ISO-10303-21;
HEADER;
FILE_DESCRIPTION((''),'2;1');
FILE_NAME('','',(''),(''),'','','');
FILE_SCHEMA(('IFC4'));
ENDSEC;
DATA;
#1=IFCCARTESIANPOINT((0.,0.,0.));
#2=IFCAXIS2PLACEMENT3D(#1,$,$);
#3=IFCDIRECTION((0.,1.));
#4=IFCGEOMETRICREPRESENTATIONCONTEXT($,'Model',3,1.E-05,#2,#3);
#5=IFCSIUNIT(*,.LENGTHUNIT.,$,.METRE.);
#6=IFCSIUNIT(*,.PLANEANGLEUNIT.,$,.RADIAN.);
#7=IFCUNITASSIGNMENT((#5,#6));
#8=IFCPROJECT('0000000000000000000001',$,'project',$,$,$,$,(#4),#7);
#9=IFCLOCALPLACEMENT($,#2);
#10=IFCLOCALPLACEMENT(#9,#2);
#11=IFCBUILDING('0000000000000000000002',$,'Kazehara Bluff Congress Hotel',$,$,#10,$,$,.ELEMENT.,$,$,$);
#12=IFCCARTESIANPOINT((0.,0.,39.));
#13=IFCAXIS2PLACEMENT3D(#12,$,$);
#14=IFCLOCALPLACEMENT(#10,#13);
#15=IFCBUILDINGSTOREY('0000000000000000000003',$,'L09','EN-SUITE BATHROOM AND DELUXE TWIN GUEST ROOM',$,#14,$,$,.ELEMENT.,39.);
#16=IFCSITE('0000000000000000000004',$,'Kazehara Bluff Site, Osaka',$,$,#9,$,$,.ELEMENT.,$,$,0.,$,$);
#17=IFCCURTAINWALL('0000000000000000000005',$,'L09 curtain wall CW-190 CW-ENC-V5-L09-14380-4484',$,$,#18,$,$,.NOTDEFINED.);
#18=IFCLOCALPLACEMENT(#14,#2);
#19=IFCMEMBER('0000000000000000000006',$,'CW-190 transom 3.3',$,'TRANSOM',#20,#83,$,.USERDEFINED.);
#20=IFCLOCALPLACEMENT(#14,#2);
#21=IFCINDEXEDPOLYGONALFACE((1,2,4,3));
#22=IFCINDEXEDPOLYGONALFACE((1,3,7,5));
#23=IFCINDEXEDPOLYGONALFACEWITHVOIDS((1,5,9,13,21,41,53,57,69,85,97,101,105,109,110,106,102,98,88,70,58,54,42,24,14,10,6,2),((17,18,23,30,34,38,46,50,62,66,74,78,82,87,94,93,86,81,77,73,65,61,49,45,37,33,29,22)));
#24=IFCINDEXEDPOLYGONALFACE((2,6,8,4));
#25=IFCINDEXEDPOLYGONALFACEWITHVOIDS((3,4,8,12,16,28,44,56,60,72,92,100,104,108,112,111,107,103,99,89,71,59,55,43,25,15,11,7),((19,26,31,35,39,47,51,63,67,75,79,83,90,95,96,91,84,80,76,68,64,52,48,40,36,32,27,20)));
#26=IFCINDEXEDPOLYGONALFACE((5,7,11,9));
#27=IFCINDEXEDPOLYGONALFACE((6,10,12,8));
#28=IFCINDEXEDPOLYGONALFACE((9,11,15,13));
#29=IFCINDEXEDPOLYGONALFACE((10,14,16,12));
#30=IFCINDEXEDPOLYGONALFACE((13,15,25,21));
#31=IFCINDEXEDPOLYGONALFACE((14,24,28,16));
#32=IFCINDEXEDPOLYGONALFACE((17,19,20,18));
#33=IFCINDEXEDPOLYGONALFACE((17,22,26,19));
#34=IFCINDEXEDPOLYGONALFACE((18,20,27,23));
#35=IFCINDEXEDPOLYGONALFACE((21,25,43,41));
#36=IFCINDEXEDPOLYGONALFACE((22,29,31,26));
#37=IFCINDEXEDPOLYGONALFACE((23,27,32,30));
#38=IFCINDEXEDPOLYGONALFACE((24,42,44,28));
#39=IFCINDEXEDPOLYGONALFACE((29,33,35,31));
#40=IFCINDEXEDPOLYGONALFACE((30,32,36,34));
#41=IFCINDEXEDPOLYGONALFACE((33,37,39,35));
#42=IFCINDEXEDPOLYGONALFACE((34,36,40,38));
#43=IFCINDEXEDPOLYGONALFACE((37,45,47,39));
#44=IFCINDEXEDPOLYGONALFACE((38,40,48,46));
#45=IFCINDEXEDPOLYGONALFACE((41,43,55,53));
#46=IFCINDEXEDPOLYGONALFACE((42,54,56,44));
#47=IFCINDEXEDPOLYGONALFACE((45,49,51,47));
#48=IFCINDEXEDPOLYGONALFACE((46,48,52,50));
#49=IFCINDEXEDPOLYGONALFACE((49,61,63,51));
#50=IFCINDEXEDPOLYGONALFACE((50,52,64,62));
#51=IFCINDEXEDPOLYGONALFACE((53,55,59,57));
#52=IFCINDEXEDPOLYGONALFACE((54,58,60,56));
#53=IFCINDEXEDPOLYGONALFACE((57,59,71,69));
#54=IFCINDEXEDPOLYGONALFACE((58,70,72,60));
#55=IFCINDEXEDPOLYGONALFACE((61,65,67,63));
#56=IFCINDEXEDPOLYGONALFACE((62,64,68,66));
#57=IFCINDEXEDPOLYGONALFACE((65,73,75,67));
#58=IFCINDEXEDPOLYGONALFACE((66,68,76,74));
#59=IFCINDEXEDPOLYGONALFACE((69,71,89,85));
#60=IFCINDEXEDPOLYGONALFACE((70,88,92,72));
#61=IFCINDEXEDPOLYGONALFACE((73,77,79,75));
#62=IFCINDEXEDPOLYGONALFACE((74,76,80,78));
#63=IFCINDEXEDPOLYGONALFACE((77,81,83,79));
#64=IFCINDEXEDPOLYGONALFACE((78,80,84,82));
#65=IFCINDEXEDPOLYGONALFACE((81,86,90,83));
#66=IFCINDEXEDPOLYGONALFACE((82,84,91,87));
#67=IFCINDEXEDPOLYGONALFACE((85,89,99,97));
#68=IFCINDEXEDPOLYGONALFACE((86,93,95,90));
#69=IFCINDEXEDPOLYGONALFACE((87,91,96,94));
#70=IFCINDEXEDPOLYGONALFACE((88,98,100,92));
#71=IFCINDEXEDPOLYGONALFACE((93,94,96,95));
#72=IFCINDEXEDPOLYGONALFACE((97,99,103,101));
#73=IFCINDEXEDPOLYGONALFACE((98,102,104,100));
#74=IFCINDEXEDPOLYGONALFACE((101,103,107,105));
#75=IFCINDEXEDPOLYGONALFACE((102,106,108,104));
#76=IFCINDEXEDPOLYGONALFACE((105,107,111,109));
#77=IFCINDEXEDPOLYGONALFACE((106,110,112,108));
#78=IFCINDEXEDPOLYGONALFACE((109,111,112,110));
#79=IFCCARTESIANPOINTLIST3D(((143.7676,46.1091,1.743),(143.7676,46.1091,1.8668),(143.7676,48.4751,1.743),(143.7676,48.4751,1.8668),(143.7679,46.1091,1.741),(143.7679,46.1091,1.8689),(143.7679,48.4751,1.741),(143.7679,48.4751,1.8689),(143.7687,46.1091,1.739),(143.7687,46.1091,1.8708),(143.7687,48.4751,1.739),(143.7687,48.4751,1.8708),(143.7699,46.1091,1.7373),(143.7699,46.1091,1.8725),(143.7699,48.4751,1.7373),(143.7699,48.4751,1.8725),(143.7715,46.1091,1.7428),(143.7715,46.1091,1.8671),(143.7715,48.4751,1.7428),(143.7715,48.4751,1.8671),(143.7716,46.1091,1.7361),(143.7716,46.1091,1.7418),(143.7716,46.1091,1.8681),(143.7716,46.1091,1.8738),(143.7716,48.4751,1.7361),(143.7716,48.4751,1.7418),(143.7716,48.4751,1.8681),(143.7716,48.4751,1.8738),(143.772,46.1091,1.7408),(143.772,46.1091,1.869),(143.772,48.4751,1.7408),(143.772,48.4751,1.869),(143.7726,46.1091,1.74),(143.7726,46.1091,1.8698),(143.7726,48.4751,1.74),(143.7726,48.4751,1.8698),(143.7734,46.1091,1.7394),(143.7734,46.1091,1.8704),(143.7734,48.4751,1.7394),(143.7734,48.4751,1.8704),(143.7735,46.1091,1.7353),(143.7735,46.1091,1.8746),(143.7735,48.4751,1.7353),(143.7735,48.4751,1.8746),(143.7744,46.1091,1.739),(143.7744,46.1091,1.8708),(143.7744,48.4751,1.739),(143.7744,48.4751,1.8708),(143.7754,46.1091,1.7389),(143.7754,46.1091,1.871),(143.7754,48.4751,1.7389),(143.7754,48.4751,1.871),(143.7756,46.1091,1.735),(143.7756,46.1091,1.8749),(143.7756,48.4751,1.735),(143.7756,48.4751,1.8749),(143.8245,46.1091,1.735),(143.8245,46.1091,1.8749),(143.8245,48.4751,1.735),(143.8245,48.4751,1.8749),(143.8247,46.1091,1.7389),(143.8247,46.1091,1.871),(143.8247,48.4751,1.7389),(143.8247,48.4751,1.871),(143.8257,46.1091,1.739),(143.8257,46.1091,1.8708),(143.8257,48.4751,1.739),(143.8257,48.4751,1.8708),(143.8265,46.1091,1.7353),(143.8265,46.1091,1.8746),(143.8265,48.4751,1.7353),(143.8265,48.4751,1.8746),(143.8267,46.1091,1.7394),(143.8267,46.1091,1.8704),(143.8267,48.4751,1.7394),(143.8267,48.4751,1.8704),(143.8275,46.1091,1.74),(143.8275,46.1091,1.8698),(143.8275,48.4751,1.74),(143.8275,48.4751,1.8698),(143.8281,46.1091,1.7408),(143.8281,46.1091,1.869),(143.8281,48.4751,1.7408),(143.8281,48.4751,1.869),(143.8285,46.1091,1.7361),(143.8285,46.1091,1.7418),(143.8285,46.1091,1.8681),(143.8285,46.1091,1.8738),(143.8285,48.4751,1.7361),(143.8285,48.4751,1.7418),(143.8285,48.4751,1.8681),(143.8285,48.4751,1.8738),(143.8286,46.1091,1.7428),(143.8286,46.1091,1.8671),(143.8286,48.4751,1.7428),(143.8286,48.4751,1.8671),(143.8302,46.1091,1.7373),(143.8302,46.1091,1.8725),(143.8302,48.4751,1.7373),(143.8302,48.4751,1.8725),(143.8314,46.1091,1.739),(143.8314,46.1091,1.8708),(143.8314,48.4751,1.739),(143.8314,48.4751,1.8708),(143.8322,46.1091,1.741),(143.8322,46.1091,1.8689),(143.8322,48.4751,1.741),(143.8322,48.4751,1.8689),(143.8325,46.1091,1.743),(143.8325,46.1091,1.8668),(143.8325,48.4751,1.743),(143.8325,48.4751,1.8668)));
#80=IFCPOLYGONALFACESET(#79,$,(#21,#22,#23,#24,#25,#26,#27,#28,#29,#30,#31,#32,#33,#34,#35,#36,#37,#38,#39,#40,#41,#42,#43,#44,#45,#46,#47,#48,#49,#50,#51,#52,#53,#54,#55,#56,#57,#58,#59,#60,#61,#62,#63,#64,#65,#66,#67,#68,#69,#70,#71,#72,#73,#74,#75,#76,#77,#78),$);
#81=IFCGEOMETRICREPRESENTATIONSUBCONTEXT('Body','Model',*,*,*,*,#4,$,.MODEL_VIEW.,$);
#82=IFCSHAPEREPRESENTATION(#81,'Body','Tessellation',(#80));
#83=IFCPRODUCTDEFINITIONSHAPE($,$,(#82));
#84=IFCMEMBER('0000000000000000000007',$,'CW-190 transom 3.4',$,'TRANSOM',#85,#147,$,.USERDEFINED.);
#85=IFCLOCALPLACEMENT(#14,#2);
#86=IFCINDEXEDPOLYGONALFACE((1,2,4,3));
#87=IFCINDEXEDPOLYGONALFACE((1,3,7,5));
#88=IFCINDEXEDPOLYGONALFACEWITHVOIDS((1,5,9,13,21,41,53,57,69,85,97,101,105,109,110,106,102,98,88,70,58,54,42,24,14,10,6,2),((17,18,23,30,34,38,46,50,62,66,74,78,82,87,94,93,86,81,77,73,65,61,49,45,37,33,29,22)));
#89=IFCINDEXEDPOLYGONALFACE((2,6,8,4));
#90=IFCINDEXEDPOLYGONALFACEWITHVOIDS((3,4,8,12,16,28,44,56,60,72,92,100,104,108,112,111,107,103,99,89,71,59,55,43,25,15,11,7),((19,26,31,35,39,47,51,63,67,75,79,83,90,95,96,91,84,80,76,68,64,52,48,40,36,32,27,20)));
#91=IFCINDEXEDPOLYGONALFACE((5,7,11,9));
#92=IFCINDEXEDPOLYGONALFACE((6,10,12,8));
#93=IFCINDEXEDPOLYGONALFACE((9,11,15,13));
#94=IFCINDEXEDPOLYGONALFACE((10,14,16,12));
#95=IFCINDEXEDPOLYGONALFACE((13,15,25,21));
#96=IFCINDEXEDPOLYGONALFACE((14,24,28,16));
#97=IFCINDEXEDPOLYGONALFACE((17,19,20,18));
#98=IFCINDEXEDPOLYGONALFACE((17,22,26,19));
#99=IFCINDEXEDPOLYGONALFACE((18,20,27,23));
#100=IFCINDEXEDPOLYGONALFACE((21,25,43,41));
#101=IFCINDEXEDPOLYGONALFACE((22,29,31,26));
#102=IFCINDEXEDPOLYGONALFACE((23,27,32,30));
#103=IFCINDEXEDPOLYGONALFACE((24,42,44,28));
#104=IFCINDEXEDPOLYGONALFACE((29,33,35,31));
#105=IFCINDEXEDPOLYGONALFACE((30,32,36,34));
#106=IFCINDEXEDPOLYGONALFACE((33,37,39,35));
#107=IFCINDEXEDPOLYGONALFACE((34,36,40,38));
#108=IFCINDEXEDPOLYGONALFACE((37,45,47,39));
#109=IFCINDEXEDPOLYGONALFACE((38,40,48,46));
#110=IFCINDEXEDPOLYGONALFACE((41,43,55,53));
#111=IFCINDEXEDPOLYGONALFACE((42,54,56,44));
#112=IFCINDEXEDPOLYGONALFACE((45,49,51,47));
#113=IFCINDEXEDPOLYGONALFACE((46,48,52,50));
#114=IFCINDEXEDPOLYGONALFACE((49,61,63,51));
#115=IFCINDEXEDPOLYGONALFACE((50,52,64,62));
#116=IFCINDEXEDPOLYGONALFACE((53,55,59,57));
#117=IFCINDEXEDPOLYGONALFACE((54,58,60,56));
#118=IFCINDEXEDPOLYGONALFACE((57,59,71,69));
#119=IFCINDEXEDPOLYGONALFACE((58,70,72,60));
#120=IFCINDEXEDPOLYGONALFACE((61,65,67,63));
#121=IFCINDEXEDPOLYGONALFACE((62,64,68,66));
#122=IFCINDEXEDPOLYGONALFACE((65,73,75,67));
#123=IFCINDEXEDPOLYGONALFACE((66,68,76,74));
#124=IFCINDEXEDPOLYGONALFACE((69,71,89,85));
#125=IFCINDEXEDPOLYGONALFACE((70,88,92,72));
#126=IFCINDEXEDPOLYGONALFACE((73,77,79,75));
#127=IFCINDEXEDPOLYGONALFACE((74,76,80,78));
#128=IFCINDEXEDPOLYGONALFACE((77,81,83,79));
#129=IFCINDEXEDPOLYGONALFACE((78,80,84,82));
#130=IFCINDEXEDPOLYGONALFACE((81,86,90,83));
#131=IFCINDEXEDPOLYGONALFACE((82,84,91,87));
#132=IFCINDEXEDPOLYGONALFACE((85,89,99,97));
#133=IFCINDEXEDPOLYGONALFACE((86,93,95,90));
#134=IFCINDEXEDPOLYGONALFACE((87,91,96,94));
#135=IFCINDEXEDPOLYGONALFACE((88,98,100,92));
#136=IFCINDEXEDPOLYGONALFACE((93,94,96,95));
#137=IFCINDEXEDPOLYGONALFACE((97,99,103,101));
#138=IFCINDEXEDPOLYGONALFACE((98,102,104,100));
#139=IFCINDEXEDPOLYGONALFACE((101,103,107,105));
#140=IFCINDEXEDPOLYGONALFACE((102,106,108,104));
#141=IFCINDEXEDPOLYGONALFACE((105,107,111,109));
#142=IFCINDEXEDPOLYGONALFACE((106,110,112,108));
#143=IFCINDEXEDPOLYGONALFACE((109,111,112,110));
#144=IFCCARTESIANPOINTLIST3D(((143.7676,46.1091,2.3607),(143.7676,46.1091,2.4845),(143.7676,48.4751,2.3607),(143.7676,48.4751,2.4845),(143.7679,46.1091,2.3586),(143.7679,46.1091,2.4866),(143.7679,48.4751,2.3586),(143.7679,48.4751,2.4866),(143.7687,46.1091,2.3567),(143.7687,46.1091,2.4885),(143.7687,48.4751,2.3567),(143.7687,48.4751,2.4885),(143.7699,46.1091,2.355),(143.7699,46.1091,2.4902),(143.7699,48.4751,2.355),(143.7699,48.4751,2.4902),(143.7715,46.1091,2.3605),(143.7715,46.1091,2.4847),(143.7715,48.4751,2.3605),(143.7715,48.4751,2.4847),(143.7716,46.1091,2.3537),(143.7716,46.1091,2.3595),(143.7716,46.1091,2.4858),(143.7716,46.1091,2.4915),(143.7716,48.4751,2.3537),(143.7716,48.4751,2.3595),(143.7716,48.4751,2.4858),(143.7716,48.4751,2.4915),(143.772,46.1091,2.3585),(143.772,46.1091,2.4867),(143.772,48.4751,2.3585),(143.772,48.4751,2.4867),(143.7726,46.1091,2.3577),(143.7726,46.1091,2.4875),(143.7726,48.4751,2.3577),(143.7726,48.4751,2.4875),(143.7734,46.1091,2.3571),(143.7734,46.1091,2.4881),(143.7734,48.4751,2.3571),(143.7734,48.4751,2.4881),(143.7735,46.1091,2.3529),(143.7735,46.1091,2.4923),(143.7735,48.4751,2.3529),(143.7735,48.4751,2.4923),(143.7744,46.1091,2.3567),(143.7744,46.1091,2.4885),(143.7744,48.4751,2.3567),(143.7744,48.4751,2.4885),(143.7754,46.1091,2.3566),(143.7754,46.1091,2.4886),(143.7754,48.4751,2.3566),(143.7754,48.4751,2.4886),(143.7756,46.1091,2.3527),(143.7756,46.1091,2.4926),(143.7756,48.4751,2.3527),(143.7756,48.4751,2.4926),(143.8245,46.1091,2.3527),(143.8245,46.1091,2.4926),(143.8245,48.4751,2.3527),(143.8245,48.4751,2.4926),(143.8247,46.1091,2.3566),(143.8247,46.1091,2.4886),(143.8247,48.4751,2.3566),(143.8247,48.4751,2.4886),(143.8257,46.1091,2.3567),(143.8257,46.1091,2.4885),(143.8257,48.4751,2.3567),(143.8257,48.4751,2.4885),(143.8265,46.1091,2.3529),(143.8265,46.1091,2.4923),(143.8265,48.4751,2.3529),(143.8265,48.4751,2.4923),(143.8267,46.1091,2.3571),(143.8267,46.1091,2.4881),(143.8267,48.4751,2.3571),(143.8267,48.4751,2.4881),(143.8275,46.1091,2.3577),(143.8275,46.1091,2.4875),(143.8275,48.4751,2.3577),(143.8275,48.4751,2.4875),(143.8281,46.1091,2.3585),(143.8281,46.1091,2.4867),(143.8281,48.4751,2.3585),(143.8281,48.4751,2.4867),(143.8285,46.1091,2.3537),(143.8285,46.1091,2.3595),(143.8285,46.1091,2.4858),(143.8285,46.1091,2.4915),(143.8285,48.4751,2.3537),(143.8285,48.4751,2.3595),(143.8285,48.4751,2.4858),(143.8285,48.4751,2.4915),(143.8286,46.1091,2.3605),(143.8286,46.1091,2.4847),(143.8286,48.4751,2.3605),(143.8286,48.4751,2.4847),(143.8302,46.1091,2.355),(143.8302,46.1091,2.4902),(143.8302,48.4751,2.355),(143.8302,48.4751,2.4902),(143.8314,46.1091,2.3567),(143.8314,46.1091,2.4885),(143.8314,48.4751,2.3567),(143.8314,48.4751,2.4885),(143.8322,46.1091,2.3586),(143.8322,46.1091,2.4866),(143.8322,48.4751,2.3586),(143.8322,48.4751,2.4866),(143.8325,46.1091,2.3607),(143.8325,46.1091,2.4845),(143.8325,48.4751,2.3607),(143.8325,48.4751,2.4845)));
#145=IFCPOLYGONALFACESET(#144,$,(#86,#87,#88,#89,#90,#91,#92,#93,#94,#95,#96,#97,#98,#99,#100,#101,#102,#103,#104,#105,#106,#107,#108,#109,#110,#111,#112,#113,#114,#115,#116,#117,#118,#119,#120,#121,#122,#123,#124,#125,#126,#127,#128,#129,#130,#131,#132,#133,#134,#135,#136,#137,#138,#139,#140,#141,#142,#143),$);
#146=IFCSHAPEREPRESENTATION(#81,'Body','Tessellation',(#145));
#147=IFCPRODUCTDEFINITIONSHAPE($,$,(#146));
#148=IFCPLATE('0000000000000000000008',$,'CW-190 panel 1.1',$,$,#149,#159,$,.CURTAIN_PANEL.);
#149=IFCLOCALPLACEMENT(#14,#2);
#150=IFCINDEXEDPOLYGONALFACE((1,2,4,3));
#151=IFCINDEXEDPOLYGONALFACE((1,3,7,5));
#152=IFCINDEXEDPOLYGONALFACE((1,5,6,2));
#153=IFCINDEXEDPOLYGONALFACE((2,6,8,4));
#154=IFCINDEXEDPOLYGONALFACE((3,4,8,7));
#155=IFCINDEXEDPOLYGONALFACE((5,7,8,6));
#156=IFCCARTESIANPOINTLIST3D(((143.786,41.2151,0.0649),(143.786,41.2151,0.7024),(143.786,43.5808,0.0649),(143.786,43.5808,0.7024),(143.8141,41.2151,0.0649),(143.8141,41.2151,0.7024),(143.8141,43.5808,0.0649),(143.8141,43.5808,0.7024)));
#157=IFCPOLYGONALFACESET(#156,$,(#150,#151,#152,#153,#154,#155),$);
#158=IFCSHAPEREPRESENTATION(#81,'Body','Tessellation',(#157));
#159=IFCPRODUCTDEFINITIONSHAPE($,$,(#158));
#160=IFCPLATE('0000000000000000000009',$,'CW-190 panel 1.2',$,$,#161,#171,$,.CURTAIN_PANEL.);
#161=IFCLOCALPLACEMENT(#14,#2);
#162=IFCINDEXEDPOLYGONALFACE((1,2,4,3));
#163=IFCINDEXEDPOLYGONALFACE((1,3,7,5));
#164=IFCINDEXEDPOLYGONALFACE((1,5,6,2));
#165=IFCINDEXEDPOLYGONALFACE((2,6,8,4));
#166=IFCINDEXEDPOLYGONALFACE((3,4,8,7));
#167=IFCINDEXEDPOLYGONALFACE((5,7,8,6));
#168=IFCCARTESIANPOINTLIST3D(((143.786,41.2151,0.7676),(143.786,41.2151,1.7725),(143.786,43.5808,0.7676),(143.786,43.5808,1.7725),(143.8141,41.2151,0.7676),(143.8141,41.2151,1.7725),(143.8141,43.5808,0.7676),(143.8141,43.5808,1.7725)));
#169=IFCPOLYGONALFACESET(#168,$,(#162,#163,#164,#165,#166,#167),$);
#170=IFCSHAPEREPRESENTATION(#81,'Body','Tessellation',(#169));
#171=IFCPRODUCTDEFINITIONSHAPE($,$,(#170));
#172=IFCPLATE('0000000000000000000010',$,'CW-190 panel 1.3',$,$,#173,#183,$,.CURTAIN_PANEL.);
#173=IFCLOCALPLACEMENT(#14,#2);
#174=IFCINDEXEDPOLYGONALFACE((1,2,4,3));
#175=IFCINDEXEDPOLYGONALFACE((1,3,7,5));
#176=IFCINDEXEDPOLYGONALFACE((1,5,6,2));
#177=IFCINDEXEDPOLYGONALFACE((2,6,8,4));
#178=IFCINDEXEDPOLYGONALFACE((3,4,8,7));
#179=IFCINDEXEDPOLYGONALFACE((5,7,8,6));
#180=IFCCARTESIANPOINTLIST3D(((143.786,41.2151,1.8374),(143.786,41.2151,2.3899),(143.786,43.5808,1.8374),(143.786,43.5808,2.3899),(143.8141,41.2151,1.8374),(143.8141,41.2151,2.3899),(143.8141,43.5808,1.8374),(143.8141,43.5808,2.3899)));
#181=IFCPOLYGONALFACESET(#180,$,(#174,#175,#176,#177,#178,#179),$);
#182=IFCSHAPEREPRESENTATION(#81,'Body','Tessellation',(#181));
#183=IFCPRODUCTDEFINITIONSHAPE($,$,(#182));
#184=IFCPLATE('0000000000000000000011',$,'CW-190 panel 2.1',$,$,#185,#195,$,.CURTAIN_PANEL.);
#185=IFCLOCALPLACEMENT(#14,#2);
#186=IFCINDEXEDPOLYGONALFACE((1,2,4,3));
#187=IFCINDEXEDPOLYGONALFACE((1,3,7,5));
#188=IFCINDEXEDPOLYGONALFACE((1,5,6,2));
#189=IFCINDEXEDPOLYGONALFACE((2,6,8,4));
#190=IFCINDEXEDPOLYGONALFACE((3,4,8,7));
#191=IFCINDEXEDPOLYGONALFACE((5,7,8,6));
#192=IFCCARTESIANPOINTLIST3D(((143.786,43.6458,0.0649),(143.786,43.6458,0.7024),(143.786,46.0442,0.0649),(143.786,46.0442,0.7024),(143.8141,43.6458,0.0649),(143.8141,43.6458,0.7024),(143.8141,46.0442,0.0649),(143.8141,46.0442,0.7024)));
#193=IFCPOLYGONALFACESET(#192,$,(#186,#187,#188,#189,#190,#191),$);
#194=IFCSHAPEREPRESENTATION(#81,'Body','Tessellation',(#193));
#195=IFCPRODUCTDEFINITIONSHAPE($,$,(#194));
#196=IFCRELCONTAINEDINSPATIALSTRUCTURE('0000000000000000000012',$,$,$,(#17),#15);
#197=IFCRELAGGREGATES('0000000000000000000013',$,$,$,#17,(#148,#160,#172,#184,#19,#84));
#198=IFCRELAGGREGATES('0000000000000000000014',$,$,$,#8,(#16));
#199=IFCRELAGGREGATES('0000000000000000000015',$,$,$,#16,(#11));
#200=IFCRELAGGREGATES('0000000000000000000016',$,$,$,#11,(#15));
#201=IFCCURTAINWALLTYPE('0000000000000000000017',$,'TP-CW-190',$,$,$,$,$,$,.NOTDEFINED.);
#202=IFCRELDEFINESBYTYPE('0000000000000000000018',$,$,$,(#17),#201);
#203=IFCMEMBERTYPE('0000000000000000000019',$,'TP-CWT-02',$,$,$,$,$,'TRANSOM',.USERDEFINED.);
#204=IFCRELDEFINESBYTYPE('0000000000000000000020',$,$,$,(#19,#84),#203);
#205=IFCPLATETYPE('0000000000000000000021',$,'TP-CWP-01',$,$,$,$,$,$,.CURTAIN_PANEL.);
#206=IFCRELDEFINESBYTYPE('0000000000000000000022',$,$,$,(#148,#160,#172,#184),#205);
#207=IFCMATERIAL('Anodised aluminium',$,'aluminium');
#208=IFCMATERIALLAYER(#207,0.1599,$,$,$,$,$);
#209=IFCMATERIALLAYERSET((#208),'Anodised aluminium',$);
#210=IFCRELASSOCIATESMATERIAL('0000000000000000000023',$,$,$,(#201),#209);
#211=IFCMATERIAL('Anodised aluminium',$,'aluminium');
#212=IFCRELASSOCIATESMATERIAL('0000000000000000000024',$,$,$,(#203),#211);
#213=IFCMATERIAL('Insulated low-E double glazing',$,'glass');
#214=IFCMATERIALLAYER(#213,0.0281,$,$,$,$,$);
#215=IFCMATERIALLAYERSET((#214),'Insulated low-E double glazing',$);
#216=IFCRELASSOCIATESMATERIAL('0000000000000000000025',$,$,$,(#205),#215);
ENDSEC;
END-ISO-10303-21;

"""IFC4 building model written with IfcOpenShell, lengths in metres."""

from ifc_helpers import new_model, si_unit, direction, frame, origin, origin_2d, place, context, subcontext, project, spatial, rectangle, hollow_rectangle, extrude, material, layer, layer_set, material_profile, profile_set, type_object, element, aggregate, save


model = new_model("IFC4")

# Units and contexts
model_context = context("Model", 3, precision=1e-05, world=origin(), true_north=direction((0.0, 1.0)))
body_context = subcontext(model_context, "Body", "Model", "MODEL_VIEW")
ifc_project = project(units=[si_unit("LENGTHUNIT", "METRE"), si_unit("PLANEANGLEUNIT", "RADIAN")], contexts=[model_context])

# Site, building, storey
site_placement = place(None, origin())
site = spatial("IfcSite", under=ifc_project, at=site_placement, Name="Kazehara Bluff Site, Osaka", CompositionType="ELEMENT", RefElevation=0.0)
building_placement = place(site_placement, origin())
building = spatial("IfcBuilding", under=site, at=building_placement, Name="Kazehara Bluff Congress Hotel", CompositionType="ELEMENT")
storey_placement = place(building_placement, frame((0.0, 0.0, 39.0)))
storey = spatial("IfcBuildingStorey", under=building, at=storey_placement, Name="L09", Description="EN-SUITE BATHROOM AND DELUXE TWIN GUEST ROOM", CompositionType="ELEMENT", Elevation=39.0)

# Curtain wall, members, plates
ifc_material_1 = material(Name="Anodised aluminium", Category="aluminium")
ifc_layer_1 = layer(ifc_material_1, 0.1599)
ifc_layer_set_1 = layer_set([ifc_layer_1], Name="Anodised aluminium")
curtain_wall_type_1 = type_object("IfcCurtainWallType", Name="TP-CW-190", PredefinedType="NOTDEFINED", material=ifc_layer_set_1)
curtain_wall_1_placement = place(storey_placement, origin())
curtain_wall_1 = element("IfcCurtainWall", 1, at=curtain_wall_1_placement, inside=storey, type_object=curtain_wall_type_1, Name="L09 curtain wall CW-190 CW-ENC-V5-L09-14380-4484", PredefinedType="NOTDEFINED")
ifc_material_2 = material(Name="Anodised aluminium", Category="aluminium")
ifc_material_profile_1 = material_profile(ifc_material_2, hollow_rectangle(XDim=0.0649, YDim=0.1399, WallThickness=0.0039, InnerFilletRadius=0.0039, OuterFilletRadius=0.0081, at=origin_2d()))
ifc_profile_set_1 = profile_set([ifc_material_profile_1], Name="Anodised aluminium")
member_type_1 = type_object("IfcMemberType", Name="TP-CWT-02", ElementType="TRANSOM", PredefinedType="USERDEFINED", material=ifc_profile_set_1)
member_1_placement = place(storey_placement, frame((143.8, 46.1091, 1.8049), z_axis=(0.0, 1.0, 0.0), x_axis=(-1.0, 0.0, 0.0)))
member_1 = element("IfcMember", 2, at=member_1_placement, type_object=member_type_1, Name="CW-190 transom 3.3", ObjectType="TRANSOM", PredefinedType="USERDEFINED", context=body_context, shape_type="SweptSolid", body=[
    extrude(hollow_rectangle(XDim=0.0649, YDim=0.1399, WallThickness=0.0039, InnerFilletRadius=0.0039, OuterFilletRadius=0.0081, at=origin_2d()), origin(), (0.0, 0.0, 1.0), 2.366),
])
member_2_placement = place(storey_placement, frame((143.8, 46.1091, 2.4226), z_axis=(0.0, 1.0, 0.0), x_axis=(-1.0, 0.0, 0.0)))
member_2 = element("IfcMember", 3, at=member_2_placement, type_object=member_type_1, Name="CW-190 transom 3.4", ObjectType="TRANSOM", PredefinedType="USERDEFINED", context=body_context, shape_type="SweptSolid", body=[
    extrude(hollow_rectangle(XDim=0.0649, YDim=0.1399, WallThickness=0.0039, InnerFilletRadius=0.0039, OuterFilletRadius=0.0081, at=origin_2d()), origin(), (0.0, 0.0, 1.0), 2.366),
])
ifc_material_3 = material(Name="Insulated low-E double glazing", Category="glass")
ifc_layer_2 = layer(ifc_material_3, 0.0281)
ifc_layer_set_2 = layer_set([ifc_layer_2], Name="Insulated low-E double glazing")
plate_type = type_object("IfcPlateType", Name="TP-CWP-01", PredefinedType="CURTAIN_PANEL", material=ifc_layer_set_2)
plate_1_placement = place(storey_placement, frame((143.8, 42.3979, 0.0649), z_axis=(0.0, 0.0, 1.0), x_axis=(0.0, 1.0, 0.0)))
plate_1 = element("IfcPlate", 4, at=plate_1_placement, type_object=plate_type, Name="CW-190 panel 1.1", PredefinedType="CURTAIN_PANEL", context=body_context, shape_type="SweptSolid", body=[
    extrude(rectangle(XDim=2.3657, YDim=0.0281, at=origin_2d()), origin(), (0.0, 0.0, 1.0), 0.6375),
])
plate_2_placement = place(storey_placement, frame((143.8, 42.3979, 0.7676), z_axis=(0.0, 0.0, 1.0), x_axis=(0.0, 1.0, 0.0)))
plate_2 = element("IfcPlate", 5, at=plate_2_placement, type_object=plate_type, Name="CW-190 panel 1.2", PredefinedType="CURTAIN_PANEL", context=body_context, shape_type="SweptSolid", body=[
    extrude(rectangle(XDim=2.3657, YDim=0.0281, at=origin_2d()), origin(), (0.0, 0.0, 1.0), 1.0049),
])
plate_3_placement = place(storey_placement, frame((143.8, 42.3979, 1.8374), z_axis=(0.0, 0.0, 1.0), x_axis=(0.0, 1.0, 0.0)))
plate_3 = element("IfcPlate", 6, at=plate_3_placement, type_object=plate_type, Name="CW-190 panel 1.3", PredefinedType="CURTAIN_PANEL", context=body_context, shape_type="SweptSolid", body=[
    extrude(rectangle(XDim=2.3657, YDim=0.0281, at=origin_2d()), origin(), (0.0, 0.0, 1.0), 0.5525),
])
plate_4_placement = place(storey_placement, frame((143.8, 44.845, 0.0649), z_axis=(0.0, 0.0, 1.0), x_axis=(0.0, 1.0, 0.0)))
plate_4 = element("IfcPlate", 7, at=plate_4_placement, type_object=plate_type, Name="CW-190 panel 2.1", PredefinedType="CURTAIN_PANEL", context=body_context, shape_type="SweptSolid", body=[
    extrude(rectangle(XDim=2.3984, YDim=0.0281, at=origin_2d()), origin(), (0.0, 0.0, 1.0), 0.6375),
])
aggregate(curtain_wall_1, [plate_1, plate_2, plate_3, plate_4, member_1, member_2])

save(model, "model.ifc")
